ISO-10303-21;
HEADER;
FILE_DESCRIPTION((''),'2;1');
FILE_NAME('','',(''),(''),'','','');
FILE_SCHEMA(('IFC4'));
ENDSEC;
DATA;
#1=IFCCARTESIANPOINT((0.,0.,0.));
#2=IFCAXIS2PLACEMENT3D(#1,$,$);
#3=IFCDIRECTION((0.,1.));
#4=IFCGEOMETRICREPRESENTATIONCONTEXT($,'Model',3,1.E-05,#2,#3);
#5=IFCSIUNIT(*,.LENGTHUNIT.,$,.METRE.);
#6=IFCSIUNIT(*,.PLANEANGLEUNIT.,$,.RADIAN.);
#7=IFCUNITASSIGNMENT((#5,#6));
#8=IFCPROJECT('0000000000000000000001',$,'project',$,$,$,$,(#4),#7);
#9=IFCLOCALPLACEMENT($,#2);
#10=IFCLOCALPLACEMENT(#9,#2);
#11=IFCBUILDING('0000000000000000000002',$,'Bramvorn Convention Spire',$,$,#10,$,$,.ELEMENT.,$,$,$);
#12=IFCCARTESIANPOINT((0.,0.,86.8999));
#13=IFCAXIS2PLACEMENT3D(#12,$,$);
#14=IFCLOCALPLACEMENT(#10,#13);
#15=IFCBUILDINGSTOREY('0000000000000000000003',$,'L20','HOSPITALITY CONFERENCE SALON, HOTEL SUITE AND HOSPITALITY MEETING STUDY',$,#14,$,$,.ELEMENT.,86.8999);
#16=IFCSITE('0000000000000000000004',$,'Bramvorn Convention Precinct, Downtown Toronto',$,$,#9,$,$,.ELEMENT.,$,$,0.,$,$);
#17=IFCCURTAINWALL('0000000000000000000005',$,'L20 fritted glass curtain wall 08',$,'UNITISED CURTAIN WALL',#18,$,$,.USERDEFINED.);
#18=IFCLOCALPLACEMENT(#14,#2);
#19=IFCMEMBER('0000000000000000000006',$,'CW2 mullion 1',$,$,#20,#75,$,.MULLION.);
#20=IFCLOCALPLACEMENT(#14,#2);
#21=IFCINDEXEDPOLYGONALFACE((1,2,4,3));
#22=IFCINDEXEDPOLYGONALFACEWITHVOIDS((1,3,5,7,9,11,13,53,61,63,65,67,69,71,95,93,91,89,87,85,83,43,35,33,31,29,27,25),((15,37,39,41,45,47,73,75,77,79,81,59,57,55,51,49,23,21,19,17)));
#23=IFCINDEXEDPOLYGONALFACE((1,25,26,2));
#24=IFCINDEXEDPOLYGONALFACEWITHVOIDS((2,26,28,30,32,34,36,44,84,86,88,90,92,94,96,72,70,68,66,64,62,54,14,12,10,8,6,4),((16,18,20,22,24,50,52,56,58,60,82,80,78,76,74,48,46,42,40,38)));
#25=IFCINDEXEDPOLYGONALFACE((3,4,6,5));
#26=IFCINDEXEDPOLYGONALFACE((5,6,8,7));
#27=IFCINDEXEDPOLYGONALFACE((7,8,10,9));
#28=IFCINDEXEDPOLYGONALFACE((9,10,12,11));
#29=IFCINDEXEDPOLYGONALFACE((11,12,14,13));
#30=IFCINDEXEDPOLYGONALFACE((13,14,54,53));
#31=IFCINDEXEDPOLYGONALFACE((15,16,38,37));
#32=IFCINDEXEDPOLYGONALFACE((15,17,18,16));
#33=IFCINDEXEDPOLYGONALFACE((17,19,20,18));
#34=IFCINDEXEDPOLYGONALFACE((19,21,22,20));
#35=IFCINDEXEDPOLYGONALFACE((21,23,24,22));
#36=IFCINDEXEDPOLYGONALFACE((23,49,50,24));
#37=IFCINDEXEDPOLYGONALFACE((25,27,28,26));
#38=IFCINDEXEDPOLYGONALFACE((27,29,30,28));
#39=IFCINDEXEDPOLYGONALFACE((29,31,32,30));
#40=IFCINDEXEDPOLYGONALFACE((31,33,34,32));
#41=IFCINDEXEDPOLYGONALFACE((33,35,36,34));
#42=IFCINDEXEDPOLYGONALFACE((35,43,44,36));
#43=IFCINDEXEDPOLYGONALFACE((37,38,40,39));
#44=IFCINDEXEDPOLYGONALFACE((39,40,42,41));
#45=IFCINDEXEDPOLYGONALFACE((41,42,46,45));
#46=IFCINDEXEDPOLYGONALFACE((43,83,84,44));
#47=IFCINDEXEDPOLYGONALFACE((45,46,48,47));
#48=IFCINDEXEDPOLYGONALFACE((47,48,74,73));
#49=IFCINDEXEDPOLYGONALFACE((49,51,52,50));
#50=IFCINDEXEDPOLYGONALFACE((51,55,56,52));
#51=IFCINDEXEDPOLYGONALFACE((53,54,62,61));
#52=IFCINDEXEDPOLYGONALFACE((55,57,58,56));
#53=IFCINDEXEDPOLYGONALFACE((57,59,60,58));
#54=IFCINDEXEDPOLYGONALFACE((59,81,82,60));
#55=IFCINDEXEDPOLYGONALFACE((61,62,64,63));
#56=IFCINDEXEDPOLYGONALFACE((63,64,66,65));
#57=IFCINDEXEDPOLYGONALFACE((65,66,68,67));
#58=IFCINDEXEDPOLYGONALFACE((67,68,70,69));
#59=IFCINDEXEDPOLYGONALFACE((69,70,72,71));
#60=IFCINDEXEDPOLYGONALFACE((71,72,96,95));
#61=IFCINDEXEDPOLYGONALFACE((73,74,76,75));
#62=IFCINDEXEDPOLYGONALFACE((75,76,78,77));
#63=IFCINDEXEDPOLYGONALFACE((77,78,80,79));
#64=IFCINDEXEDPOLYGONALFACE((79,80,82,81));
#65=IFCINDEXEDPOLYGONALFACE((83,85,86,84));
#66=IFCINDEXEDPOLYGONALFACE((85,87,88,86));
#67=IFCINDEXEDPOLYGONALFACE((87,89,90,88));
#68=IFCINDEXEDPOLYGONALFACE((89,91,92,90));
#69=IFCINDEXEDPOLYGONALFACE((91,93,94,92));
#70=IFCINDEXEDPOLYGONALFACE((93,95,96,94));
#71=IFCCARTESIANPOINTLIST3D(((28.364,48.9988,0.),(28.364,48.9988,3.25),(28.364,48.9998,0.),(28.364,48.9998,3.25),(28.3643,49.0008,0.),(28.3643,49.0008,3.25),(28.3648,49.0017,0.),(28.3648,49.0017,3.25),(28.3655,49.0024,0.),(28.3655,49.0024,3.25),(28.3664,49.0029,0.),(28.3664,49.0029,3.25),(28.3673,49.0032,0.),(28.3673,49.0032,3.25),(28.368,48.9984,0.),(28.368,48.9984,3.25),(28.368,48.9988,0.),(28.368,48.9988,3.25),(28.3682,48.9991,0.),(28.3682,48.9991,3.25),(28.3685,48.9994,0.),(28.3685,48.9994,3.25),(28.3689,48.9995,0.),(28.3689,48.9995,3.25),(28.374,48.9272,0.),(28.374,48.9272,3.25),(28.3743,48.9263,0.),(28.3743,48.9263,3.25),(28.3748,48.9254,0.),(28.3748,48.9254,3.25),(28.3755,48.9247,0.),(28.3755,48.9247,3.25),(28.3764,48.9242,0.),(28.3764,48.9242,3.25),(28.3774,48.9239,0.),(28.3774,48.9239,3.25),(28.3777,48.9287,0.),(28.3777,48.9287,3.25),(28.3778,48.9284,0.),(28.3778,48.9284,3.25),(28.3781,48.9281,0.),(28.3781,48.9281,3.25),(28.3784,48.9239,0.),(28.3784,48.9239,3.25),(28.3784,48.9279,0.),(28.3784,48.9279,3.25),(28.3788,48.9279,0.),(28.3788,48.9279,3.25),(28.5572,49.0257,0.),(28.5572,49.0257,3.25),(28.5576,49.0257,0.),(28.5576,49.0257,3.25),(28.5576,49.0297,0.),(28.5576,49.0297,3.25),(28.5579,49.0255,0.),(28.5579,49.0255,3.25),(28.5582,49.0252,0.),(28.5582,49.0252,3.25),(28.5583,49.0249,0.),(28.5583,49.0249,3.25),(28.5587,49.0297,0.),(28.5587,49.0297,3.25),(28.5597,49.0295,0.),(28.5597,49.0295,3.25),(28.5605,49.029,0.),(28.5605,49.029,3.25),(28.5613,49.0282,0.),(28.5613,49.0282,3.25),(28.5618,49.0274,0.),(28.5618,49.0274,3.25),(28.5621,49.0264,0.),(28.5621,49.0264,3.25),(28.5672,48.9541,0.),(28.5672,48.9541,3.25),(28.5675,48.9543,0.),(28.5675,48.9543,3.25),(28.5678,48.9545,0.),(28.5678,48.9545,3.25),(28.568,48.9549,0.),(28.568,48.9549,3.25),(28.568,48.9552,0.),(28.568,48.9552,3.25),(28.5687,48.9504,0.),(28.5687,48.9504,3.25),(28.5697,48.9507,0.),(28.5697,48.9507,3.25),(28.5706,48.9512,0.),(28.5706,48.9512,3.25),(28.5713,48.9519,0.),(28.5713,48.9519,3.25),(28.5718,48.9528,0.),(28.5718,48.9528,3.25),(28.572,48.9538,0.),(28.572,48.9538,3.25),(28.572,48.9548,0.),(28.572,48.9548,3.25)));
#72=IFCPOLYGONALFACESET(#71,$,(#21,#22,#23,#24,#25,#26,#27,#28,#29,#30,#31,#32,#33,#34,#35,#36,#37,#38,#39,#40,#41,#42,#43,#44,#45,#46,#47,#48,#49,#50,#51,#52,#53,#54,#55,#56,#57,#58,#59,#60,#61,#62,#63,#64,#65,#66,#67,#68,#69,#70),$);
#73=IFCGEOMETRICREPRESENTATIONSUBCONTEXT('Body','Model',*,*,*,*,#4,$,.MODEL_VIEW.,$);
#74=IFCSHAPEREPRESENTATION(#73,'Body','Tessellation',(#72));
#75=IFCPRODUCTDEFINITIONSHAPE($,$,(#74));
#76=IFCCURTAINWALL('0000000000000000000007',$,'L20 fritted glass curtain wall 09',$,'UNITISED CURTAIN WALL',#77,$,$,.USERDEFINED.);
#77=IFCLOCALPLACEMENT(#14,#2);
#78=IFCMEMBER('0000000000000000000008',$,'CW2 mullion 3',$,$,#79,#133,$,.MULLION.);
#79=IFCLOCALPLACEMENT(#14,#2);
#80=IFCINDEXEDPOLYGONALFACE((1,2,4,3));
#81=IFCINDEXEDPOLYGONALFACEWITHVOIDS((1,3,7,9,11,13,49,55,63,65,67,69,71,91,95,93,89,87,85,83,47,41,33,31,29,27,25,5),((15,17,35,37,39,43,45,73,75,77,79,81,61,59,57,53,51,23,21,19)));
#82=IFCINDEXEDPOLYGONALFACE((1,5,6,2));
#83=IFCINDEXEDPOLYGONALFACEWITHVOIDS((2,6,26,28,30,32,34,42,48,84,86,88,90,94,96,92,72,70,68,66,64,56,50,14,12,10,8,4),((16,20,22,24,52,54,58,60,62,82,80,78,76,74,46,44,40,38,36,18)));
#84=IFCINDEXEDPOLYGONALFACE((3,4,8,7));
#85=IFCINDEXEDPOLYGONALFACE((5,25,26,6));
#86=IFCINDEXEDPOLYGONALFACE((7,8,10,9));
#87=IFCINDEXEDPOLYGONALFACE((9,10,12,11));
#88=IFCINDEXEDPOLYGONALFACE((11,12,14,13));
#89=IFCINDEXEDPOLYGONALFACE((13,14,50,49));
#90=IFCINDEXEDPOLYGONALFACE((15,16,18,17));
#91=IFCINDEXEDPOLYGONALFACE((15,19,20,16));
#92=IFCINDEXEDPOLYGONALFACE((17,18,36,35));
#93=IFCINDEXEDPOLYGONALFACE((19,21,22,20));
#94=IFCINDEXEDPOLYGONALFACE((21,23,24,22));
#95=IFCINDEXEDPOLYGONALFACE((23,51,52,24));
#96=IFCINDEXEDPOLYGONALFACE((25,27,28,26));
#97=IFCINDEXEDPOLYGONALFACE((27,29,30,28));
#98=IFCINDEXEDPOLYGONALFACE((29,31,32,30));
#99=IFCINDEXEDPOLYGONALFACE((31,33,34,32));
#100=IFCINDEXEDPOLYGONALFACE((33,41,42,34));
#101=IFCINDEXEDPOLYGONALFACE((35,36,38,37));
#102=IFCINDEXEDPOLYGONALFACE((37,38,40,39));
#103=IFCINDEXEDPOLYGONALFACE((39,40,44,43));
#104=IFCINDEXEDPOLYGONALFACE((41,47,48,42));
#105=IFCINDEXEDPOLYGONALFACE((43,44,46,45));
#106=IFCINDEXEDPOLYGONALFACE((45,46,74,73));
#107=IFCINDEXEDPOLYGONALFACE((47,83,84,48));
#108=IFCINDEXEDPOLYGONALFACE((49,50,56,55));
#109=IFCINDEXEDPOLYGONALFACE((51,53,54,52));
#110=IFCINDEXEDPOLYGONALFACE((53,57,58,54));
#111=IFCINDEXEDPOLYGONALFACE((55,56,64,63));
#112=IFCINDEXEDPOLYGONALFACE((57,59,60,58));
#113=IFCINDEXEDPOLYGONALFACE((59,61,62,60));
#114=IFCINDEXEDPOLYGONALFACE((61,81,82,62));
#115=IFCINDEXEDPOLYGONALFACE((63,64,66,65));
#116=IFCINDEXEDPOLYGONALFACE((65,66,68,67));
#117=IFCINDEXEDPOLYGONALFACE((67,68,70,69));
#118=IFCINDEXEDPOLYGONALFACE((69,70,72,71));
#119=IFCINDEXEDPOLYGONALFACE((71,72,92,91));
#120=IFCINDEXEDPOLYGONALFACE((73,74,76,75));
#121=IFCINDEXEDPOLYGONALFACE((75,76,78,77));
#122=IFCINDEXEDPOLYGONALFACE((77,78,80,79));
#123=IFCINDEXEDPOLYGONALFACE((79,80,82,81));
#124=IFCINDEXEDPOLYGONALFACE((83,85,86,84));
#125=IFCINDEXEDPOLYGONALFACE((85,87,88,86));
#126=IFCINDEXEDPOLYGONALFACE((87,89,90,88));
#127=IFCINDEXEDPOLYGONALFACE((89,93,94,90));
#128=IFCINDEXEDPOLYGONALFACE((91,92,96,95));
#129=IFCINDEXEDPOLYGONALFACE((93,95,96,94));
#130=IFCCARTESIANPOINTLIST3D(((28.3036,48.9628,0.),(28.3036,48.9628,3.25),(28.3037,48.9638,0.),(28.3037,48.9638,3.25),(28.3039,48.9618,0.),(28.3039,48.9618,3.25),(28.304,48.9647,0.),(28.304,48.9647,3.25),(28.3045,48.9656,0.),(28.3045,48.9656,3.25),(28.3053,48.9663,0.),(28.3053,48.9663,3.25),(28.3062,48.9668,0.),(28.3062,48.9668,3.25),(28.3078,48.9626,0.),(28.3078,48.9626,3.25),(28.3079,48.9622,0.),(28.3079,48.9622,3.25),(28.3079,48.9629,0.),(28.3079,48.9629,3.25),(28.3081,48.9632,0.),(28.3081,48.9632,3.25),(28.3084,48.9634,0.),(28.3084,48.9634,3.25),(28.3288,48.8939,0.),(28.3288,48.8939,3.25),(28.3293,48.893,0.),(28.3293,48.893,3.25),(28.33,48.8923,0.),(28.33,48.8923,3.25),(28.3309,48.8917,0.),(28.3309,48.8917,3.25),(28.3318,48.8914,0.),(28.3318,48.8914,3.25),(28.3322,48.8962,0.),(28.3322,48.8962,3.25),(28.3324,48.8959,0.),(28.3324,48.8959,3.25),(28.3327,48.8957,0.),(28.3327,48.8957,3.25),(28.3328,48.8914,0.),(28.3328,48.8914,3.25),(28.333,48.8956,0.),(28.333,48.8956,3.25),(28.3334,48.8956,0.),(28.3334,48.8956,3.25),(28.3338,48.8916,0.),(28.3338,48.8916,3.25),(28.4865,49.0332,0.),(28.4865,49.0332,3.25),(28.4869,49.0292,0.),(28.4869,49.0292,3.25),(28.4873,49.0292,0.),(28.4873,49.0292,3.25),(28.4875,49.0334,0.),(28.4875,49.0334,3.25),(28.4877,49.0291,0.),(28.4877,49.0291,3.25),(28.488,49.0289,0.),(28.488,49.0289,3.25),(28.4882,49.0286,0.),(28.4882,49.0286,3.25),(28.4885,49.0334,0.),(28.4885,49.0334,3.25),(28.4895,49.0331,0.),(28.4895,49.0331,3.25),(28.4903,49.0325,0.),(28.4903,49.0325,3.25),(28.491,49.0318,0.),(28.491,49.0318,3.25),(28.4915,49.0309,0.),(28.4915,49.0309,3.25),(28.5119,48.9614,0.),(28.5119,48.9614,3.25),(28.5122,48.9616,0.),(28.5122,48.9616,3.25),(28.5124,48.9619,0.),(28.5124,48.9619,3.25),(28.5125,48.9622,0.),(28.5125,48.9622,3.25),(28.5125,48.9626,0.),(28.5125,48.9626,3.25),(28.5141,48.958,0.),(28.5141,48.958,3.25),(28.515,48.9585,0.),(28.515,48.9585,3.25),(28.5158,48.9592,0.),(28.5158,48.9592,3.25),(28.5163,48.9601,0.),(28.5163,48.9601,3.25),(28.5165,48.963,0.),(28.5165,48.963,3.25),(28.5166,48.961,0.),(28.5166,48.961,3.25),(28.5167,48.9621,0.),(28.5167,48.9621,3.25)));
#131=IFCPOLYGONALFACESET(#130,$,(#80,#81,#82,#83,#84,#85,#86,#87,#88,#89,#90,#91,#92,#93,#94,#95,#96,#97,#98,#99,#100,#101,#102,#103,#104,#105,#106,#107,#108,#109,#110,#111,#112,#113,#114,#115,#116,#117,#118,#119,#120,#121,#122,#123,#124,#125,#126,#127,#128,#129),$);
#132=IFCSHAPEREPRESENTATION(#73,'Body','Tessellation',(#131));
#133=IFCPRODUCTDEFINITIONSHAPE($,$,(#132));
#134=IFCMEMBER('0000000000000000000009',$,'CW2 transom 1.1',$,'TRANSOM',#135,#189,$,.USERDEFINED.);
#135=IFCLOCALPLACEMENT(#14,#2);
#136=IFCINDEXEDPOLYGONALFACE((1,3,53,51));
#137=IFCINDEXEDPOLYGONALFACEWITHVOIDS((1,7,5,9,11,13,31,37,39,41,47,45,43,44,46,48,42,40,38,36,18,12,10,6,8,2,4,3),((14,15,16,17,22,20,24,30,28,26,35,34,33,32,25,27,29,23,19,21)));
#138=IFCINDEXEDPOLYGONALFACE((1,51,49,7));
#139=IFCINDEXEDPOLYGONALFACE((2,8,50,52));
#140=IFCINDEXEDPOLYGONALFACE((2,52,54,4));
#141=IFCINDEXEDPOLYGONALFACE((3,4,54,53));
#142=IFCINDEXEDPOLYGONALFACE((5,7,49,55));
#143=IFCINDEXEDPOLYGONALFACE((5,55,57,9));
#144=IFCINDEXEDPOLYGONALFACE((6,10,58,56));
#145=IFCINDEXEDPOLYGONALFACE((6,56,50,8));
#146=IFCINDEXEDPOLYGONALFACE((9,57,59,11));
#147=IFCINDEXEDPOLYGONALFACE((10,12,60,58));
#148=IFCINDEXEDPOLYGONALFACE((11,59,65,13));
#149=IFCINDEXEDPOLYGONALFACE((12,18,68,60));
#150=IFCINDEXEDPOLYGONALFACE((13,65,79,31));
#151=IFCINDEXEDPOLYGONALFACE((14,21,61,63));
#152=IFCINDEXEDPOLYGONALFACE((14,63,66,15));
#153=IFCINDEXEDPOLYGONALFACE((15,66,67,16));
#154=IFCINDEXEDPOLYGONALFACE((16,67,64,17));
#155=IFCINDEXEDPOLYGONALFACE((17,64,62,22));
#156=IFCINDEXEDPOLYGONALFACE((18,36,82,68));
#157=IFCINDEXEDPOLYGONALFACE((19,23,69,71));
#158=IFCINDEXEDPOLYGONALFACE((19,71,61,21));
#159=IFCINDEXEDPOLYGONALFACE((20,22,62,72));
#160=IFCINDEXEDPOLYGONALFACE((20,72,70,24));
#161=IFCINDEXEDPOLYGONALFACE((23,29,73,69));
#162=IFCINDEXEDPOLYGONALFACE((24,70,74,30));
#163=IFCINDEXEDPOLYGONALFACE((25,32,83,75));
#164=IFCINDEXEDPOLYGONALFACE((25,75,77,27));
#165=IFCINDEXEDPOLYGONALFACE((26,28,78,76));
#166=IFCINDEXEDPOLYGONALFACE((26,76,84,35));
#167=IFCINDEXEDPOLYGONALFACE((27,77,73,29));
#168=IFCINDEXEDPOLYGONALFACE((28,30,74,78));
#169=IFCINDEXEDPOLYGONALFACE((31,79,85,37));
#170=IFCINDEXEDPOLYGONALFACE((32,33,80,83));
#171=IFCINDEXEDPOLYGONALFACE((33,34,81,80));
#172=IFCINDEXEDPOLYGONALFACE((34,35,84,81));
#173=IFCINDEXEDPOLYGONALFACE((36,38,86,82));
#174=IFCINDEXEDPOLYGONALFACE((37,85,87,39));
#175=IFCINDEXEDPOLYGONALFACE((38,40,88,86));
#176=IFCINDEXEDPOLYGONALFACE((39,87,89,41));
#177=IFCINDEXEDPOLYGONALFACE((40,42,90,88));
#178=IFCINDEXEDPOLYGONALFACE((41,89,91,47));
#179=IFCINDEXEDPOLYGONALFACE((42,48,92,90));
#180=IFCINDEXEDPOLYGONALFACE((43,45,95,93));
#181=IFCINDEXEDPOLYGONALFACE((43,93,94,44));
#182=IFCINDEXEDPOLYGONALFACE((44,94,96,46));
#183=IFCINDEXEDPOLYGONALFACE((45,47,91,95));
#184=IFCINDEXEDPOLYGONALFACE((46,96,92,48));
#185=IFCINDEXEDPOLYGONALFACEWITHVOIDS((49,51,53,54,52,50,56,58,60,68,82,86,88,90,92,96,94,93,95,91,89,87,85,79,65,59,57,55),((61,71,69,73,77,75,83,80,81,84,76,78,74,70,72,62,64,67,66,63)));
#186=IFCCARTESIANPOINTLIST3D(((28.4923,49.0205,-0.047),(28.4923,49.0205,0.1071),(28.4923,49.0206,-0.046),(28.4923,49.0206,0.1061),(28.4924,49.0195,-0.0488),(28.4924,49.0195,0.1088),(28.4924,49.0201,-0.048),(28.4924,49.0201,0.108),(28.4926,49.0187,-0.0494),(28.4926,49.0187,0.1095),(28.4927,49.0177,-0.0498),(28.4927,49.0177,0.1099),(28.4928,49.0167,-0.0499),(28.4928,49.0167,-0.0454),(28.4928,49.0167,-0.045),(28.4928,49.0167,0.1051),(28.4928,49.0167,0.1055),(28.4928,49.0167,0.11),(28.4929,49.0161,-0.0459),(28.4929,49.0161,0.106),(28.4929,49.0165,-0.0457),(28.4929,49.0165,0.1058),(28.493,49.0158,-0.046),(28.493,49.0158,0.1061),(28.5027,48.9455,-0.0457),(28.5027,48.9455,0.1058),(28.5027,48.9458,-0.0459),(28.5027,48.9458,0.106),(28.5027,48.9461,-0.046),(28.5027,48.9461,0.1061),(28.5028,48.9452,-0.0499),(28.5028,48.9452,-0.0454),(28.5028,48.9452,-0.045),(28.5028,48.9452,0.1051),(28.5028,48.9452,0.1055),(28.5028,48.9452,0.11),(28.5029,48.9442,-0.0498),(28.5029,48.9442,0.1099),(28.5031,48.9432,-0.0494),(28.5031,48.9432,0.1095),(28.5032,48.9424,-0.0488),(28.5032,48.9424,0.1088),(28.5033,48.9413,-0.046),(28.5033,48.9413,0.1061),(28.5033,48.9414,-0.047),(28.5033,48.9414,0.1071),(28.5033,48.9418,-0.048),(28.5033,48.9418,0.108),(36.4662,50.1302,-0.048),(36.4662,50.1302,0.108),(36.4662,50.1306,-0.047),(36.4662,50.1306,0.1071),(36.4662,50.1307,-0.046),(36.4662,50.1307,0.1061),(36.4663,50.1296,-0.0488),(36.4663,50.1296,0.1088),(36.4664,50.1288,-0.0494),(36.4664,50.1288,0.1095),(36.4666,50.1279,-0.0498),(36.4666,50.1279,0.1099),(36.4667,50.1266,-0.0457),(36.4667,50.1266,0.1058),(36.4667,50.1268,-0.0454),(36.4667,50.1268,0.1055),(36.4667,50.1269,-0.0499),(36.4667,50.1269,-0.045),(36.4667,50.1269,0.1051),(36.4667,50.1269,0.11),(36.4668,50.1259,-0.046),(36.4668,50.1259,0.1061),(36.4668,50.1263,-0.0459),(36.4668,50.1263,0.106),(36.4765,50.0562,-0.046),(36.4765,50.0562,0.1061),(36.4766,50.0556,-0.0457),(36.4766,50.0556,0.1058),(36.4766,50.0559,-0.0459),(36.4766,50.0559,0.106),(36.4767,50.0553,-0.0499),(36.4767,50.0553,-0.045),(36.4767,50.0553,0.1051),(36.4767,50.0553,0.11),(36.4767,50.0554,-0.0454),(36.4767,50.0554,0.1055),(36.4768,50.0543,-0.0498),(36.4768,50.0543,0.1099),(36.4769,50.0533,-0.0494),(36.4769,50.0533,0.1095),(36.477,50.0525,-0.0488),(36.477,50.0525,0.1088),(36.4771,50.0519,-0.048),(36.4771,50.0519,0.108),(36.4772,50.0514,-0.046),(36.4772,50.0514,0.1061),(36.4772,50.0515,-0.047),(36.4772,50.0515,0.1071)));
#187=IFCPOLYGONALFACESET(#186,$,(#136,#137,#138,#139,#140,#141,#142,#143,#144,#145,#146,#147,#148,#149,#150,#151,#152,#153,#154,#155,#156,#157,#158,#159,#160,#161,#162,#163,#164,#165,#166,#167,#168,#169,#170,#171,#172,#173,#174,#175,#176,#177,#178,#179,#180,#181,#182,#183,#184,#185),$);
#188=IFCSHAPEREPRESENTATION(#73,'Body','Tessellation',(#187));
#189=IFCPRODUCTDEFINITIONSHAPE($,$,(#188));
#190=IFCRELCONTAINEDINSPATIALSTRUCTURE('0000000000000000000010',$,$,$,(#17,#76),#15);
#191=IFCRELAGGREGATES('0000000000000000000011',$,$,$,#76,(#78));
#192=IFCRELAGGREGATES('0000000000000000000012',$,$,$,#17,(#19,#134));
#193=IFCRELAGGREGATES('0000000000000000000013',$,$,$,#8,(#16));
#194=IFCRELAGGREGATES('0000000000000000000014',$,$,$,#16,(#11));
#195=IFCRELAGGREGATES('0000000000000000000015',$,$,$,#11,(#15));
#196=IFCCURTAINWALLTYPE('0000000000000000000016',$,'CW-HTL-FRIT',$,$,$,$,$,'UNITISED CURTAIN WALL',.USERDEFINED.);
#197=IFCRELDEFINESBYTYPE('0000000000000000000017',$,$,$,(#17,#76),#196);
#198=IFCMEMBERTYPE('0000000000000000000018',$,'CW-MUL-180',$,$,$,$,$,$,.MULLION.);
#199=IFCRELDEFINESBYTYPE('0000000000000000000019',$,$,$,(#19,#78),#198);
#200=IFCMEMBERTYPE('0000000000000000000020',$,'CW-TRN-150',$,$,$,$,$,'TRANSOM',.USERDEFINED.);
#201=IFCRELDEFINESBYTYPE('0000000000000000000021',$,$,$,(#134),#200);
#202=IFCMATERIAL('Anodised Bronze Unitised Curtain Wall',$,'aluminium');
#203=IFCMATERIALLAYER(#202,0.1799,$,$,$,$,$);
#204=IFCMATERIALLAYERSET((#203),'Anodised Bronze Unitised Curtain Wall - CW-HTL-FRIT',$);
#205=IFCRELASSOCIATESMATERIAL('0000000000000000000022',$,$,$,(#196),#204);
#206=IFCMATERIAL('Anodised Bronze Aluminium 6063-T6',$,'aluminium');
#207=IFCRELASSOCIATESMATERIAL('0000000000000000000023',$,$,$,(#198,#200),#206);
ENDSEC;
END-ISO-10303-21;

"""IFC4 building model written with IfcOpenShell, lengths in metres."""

from ifc_helpers import new_model, si_unit, direction, frame, origin, origin_2d, place, context, subcontext, project, spatial, hollow_rectangle, extrude, material, layer, layer_set, material_profile, profile_set, type_object, element, aggregate, save


model = new_model("IFC4")

# Units and contexts
model_context = context("Model", 3, precision=1e-05, world=origin(), true_north=direction((0.0, 1.0)))
body_context = subcontext(model_context, "Body", "Model", "MODEL_VIEW")
ifc_project = project(units=[si_unit("LENGTHUNIT", "METRE"), si_unit("PLANEANGLEUNIT", "RADIAN")], contexts=[model_context])

# Site, building, storey
site_placement = place(None, origin())
site = spatial("IfcSite", under=ifc_project, at=site_placement, Name="Bramvorn Convention Precinct, Downtown Toronto", CompositionType="ELEMENT", RefElevation=0.0)
building_placement = place(site_placement, origin())
building = spatial("IfcBuilding", under=site, at=building_placement, Name="Bramvorn Convention Spire", CompositionType="ELEMENT")
storey_placement = place(building_placement, frame((0.0, 0.0, 86.8999)))
storey = spatial("IfcBuildingStorey", under=building, at=storey_placement, Name="L20", Description="HOSPITALITY CONFERENCE SALON, HOTEL SUITE AND HOSPITALITY MEETING STUDY", CompositionType="ELEMENT", Elevation=86.8999)

# Curtain walls, members
ifc_material_1 = material(Name="Anodised Bronze Unitised Curtain Wall", Category="aluminium")
ifc_layer_1 = layer(ifc_material_1, 0.1799)
ifc_layer_set_1 = layer_set([ifc_layer_1], Name="Anodised Bronze Unitised Curtain Wall - CW-HTL-FRIT")
curtain_wall_type = type_object("IfcCurtainWallType", Name="CW-HTL-FRIT", ElementType="UNITISED CURTAIN WALL", PredefinedType="USERDEFINED", material=ifc_layer_set_1)
curtain_wall_1_placement = place(storey_placement, origin())
curtain_wall_1 = element("IfcCurtainWall", 1, at=curtain_wall_1_placement, inside=storey, type_object=curtain_wall_type, Name="L20 fritted glass curtain wall 08", ObjectType="UNITISED CURTAIN WALL", PredefinedType="USERDEFINED")
ifc_material_2 = material(Name="Anodised Bronze Aluminium 6063-T6", Category="aluminium")
ifc_material_profile_1 = material_profile(ifc_material_2, hollow_rectangle(XDim=0.0801, YDim=0.2, WallThickness=0.0039, InnerFilletRadius=0.001, OuterFilletRadius=0.0039, at=origin_2d()))
ifc_profile_set_1 = profile_set([ifc_material_profile_1], Name="Anodised Bronze Aluminium 6063-T6 - CWM80X200")
member_type_1 = type_object("IfcMemberType", Name="CW-MUL-180", PredefinedType="MULLION", material=ifc_profile_set_1)
member_1_placement = place(storey_placement, frame((28.468, 48.9768, 0.0), z_axis=(0.0, 0.0, 1.0), x_axis=(-0.137893, 0.990447, 0.0)))
member_1 = element("IfcMember", 2, at=member_1_placement, type_object=member_type_1, Name="CW2 mullion 1", PredefinedType="MULLION", context=body_context, shape_type="SweptSolid", body=[
    extrude(hollow_rectangle(XDim=0.0801, YDim=0.2, WallThickness=0.0039, InnerFilletRadius=0.001, OuterFilletRadius=0.0039, at=origin_2d()), origin(), (0.0, 0.0, 1.0), 3.25),
])
curtain_wall_2_placement = place(storey_placement, origin())
curtain_wall_2 = element("IfcCurtainWall", 3, at=curtain_wall_2_placement, inside=storey, type_object=curtain_wall_type, Name="L20 fritted glass curtain wall 09", ObjectType="UNITISED CURTAIN WALL", PredefinedType="USERDEFINED")
member_2_placement = place(storey_placement, frame((28.4102, 48.9624, 0.0), z_axis=(0.0, 0.0, 1.0), x_axis=(-0.345578, 0.93839, 0.0)))
member_2 = element("IfcMember", 4, at=member_2_placement, type_object=member_type_1, Name="CW2 mullion 3", PredefinedType="MULLION", context=body_context, shape_type="SweptSolid", body=[
    extrude(hollow_rectangle(XDim=0.0801, YDim=0.2, WallThickness=0.0039, InnerFilletRadius=0.001, OuterFilletRadius=0.0039, at=origin_2d()), origin(), (0.0, 0.0, 1.0), 3.25),
])
aggregate(curtain_wall_2, [member_2])

# Member
ifc_material_profile_2 = material_profile(ifc_material_2, hollow_rectangle(XDim=0.0801, YDim=0.1599, WallThickness=0.0039, InnerFilletRadius=0.001, OuterFilletRadius=0.0039, at=origin_2d()))
ifc_profile_set_2 = profile_set([ifc_material_profile_2], Name="Anodised Bronze Aluminium 6063-T6 - CWT80X160")
member_type_2 = type_object("IfcMemberType", Name="CW-TRN-150", ElementType="TRANSOM", PredefinedType="USERDEFINED", material=ifc_profile_set_2)
member_3_placement = place(storey_placement, frame((28.4978, 48.981, 0.03), z_axis=(0.990448, 0.137888, 0.0), x_axis=(-0.137888, 0.990448, 0.0)))
member_3 = element("IfcMember", 5, at=member_3_placement, type_object=member_type_2, Name="CW2 transom 1.1", ObjectType="TRANSOM", PredefinedType="USERDEFINED", context=body_context, shape_type="SweptSolid", body=[
    extrude(hollow_rectangle(XDim=0.0801, YDim=0.1599, WallThickness=0.0039, InnerFilletRadius=0.001, OuterFilletRadius=0.0039, at=origin_2d()), origin(), (0.0, 0.0, 1.0), 8.0508),
])

aggregate(curtain_wall_1, [member_1, member_3])

save(model, "model.ifc")
